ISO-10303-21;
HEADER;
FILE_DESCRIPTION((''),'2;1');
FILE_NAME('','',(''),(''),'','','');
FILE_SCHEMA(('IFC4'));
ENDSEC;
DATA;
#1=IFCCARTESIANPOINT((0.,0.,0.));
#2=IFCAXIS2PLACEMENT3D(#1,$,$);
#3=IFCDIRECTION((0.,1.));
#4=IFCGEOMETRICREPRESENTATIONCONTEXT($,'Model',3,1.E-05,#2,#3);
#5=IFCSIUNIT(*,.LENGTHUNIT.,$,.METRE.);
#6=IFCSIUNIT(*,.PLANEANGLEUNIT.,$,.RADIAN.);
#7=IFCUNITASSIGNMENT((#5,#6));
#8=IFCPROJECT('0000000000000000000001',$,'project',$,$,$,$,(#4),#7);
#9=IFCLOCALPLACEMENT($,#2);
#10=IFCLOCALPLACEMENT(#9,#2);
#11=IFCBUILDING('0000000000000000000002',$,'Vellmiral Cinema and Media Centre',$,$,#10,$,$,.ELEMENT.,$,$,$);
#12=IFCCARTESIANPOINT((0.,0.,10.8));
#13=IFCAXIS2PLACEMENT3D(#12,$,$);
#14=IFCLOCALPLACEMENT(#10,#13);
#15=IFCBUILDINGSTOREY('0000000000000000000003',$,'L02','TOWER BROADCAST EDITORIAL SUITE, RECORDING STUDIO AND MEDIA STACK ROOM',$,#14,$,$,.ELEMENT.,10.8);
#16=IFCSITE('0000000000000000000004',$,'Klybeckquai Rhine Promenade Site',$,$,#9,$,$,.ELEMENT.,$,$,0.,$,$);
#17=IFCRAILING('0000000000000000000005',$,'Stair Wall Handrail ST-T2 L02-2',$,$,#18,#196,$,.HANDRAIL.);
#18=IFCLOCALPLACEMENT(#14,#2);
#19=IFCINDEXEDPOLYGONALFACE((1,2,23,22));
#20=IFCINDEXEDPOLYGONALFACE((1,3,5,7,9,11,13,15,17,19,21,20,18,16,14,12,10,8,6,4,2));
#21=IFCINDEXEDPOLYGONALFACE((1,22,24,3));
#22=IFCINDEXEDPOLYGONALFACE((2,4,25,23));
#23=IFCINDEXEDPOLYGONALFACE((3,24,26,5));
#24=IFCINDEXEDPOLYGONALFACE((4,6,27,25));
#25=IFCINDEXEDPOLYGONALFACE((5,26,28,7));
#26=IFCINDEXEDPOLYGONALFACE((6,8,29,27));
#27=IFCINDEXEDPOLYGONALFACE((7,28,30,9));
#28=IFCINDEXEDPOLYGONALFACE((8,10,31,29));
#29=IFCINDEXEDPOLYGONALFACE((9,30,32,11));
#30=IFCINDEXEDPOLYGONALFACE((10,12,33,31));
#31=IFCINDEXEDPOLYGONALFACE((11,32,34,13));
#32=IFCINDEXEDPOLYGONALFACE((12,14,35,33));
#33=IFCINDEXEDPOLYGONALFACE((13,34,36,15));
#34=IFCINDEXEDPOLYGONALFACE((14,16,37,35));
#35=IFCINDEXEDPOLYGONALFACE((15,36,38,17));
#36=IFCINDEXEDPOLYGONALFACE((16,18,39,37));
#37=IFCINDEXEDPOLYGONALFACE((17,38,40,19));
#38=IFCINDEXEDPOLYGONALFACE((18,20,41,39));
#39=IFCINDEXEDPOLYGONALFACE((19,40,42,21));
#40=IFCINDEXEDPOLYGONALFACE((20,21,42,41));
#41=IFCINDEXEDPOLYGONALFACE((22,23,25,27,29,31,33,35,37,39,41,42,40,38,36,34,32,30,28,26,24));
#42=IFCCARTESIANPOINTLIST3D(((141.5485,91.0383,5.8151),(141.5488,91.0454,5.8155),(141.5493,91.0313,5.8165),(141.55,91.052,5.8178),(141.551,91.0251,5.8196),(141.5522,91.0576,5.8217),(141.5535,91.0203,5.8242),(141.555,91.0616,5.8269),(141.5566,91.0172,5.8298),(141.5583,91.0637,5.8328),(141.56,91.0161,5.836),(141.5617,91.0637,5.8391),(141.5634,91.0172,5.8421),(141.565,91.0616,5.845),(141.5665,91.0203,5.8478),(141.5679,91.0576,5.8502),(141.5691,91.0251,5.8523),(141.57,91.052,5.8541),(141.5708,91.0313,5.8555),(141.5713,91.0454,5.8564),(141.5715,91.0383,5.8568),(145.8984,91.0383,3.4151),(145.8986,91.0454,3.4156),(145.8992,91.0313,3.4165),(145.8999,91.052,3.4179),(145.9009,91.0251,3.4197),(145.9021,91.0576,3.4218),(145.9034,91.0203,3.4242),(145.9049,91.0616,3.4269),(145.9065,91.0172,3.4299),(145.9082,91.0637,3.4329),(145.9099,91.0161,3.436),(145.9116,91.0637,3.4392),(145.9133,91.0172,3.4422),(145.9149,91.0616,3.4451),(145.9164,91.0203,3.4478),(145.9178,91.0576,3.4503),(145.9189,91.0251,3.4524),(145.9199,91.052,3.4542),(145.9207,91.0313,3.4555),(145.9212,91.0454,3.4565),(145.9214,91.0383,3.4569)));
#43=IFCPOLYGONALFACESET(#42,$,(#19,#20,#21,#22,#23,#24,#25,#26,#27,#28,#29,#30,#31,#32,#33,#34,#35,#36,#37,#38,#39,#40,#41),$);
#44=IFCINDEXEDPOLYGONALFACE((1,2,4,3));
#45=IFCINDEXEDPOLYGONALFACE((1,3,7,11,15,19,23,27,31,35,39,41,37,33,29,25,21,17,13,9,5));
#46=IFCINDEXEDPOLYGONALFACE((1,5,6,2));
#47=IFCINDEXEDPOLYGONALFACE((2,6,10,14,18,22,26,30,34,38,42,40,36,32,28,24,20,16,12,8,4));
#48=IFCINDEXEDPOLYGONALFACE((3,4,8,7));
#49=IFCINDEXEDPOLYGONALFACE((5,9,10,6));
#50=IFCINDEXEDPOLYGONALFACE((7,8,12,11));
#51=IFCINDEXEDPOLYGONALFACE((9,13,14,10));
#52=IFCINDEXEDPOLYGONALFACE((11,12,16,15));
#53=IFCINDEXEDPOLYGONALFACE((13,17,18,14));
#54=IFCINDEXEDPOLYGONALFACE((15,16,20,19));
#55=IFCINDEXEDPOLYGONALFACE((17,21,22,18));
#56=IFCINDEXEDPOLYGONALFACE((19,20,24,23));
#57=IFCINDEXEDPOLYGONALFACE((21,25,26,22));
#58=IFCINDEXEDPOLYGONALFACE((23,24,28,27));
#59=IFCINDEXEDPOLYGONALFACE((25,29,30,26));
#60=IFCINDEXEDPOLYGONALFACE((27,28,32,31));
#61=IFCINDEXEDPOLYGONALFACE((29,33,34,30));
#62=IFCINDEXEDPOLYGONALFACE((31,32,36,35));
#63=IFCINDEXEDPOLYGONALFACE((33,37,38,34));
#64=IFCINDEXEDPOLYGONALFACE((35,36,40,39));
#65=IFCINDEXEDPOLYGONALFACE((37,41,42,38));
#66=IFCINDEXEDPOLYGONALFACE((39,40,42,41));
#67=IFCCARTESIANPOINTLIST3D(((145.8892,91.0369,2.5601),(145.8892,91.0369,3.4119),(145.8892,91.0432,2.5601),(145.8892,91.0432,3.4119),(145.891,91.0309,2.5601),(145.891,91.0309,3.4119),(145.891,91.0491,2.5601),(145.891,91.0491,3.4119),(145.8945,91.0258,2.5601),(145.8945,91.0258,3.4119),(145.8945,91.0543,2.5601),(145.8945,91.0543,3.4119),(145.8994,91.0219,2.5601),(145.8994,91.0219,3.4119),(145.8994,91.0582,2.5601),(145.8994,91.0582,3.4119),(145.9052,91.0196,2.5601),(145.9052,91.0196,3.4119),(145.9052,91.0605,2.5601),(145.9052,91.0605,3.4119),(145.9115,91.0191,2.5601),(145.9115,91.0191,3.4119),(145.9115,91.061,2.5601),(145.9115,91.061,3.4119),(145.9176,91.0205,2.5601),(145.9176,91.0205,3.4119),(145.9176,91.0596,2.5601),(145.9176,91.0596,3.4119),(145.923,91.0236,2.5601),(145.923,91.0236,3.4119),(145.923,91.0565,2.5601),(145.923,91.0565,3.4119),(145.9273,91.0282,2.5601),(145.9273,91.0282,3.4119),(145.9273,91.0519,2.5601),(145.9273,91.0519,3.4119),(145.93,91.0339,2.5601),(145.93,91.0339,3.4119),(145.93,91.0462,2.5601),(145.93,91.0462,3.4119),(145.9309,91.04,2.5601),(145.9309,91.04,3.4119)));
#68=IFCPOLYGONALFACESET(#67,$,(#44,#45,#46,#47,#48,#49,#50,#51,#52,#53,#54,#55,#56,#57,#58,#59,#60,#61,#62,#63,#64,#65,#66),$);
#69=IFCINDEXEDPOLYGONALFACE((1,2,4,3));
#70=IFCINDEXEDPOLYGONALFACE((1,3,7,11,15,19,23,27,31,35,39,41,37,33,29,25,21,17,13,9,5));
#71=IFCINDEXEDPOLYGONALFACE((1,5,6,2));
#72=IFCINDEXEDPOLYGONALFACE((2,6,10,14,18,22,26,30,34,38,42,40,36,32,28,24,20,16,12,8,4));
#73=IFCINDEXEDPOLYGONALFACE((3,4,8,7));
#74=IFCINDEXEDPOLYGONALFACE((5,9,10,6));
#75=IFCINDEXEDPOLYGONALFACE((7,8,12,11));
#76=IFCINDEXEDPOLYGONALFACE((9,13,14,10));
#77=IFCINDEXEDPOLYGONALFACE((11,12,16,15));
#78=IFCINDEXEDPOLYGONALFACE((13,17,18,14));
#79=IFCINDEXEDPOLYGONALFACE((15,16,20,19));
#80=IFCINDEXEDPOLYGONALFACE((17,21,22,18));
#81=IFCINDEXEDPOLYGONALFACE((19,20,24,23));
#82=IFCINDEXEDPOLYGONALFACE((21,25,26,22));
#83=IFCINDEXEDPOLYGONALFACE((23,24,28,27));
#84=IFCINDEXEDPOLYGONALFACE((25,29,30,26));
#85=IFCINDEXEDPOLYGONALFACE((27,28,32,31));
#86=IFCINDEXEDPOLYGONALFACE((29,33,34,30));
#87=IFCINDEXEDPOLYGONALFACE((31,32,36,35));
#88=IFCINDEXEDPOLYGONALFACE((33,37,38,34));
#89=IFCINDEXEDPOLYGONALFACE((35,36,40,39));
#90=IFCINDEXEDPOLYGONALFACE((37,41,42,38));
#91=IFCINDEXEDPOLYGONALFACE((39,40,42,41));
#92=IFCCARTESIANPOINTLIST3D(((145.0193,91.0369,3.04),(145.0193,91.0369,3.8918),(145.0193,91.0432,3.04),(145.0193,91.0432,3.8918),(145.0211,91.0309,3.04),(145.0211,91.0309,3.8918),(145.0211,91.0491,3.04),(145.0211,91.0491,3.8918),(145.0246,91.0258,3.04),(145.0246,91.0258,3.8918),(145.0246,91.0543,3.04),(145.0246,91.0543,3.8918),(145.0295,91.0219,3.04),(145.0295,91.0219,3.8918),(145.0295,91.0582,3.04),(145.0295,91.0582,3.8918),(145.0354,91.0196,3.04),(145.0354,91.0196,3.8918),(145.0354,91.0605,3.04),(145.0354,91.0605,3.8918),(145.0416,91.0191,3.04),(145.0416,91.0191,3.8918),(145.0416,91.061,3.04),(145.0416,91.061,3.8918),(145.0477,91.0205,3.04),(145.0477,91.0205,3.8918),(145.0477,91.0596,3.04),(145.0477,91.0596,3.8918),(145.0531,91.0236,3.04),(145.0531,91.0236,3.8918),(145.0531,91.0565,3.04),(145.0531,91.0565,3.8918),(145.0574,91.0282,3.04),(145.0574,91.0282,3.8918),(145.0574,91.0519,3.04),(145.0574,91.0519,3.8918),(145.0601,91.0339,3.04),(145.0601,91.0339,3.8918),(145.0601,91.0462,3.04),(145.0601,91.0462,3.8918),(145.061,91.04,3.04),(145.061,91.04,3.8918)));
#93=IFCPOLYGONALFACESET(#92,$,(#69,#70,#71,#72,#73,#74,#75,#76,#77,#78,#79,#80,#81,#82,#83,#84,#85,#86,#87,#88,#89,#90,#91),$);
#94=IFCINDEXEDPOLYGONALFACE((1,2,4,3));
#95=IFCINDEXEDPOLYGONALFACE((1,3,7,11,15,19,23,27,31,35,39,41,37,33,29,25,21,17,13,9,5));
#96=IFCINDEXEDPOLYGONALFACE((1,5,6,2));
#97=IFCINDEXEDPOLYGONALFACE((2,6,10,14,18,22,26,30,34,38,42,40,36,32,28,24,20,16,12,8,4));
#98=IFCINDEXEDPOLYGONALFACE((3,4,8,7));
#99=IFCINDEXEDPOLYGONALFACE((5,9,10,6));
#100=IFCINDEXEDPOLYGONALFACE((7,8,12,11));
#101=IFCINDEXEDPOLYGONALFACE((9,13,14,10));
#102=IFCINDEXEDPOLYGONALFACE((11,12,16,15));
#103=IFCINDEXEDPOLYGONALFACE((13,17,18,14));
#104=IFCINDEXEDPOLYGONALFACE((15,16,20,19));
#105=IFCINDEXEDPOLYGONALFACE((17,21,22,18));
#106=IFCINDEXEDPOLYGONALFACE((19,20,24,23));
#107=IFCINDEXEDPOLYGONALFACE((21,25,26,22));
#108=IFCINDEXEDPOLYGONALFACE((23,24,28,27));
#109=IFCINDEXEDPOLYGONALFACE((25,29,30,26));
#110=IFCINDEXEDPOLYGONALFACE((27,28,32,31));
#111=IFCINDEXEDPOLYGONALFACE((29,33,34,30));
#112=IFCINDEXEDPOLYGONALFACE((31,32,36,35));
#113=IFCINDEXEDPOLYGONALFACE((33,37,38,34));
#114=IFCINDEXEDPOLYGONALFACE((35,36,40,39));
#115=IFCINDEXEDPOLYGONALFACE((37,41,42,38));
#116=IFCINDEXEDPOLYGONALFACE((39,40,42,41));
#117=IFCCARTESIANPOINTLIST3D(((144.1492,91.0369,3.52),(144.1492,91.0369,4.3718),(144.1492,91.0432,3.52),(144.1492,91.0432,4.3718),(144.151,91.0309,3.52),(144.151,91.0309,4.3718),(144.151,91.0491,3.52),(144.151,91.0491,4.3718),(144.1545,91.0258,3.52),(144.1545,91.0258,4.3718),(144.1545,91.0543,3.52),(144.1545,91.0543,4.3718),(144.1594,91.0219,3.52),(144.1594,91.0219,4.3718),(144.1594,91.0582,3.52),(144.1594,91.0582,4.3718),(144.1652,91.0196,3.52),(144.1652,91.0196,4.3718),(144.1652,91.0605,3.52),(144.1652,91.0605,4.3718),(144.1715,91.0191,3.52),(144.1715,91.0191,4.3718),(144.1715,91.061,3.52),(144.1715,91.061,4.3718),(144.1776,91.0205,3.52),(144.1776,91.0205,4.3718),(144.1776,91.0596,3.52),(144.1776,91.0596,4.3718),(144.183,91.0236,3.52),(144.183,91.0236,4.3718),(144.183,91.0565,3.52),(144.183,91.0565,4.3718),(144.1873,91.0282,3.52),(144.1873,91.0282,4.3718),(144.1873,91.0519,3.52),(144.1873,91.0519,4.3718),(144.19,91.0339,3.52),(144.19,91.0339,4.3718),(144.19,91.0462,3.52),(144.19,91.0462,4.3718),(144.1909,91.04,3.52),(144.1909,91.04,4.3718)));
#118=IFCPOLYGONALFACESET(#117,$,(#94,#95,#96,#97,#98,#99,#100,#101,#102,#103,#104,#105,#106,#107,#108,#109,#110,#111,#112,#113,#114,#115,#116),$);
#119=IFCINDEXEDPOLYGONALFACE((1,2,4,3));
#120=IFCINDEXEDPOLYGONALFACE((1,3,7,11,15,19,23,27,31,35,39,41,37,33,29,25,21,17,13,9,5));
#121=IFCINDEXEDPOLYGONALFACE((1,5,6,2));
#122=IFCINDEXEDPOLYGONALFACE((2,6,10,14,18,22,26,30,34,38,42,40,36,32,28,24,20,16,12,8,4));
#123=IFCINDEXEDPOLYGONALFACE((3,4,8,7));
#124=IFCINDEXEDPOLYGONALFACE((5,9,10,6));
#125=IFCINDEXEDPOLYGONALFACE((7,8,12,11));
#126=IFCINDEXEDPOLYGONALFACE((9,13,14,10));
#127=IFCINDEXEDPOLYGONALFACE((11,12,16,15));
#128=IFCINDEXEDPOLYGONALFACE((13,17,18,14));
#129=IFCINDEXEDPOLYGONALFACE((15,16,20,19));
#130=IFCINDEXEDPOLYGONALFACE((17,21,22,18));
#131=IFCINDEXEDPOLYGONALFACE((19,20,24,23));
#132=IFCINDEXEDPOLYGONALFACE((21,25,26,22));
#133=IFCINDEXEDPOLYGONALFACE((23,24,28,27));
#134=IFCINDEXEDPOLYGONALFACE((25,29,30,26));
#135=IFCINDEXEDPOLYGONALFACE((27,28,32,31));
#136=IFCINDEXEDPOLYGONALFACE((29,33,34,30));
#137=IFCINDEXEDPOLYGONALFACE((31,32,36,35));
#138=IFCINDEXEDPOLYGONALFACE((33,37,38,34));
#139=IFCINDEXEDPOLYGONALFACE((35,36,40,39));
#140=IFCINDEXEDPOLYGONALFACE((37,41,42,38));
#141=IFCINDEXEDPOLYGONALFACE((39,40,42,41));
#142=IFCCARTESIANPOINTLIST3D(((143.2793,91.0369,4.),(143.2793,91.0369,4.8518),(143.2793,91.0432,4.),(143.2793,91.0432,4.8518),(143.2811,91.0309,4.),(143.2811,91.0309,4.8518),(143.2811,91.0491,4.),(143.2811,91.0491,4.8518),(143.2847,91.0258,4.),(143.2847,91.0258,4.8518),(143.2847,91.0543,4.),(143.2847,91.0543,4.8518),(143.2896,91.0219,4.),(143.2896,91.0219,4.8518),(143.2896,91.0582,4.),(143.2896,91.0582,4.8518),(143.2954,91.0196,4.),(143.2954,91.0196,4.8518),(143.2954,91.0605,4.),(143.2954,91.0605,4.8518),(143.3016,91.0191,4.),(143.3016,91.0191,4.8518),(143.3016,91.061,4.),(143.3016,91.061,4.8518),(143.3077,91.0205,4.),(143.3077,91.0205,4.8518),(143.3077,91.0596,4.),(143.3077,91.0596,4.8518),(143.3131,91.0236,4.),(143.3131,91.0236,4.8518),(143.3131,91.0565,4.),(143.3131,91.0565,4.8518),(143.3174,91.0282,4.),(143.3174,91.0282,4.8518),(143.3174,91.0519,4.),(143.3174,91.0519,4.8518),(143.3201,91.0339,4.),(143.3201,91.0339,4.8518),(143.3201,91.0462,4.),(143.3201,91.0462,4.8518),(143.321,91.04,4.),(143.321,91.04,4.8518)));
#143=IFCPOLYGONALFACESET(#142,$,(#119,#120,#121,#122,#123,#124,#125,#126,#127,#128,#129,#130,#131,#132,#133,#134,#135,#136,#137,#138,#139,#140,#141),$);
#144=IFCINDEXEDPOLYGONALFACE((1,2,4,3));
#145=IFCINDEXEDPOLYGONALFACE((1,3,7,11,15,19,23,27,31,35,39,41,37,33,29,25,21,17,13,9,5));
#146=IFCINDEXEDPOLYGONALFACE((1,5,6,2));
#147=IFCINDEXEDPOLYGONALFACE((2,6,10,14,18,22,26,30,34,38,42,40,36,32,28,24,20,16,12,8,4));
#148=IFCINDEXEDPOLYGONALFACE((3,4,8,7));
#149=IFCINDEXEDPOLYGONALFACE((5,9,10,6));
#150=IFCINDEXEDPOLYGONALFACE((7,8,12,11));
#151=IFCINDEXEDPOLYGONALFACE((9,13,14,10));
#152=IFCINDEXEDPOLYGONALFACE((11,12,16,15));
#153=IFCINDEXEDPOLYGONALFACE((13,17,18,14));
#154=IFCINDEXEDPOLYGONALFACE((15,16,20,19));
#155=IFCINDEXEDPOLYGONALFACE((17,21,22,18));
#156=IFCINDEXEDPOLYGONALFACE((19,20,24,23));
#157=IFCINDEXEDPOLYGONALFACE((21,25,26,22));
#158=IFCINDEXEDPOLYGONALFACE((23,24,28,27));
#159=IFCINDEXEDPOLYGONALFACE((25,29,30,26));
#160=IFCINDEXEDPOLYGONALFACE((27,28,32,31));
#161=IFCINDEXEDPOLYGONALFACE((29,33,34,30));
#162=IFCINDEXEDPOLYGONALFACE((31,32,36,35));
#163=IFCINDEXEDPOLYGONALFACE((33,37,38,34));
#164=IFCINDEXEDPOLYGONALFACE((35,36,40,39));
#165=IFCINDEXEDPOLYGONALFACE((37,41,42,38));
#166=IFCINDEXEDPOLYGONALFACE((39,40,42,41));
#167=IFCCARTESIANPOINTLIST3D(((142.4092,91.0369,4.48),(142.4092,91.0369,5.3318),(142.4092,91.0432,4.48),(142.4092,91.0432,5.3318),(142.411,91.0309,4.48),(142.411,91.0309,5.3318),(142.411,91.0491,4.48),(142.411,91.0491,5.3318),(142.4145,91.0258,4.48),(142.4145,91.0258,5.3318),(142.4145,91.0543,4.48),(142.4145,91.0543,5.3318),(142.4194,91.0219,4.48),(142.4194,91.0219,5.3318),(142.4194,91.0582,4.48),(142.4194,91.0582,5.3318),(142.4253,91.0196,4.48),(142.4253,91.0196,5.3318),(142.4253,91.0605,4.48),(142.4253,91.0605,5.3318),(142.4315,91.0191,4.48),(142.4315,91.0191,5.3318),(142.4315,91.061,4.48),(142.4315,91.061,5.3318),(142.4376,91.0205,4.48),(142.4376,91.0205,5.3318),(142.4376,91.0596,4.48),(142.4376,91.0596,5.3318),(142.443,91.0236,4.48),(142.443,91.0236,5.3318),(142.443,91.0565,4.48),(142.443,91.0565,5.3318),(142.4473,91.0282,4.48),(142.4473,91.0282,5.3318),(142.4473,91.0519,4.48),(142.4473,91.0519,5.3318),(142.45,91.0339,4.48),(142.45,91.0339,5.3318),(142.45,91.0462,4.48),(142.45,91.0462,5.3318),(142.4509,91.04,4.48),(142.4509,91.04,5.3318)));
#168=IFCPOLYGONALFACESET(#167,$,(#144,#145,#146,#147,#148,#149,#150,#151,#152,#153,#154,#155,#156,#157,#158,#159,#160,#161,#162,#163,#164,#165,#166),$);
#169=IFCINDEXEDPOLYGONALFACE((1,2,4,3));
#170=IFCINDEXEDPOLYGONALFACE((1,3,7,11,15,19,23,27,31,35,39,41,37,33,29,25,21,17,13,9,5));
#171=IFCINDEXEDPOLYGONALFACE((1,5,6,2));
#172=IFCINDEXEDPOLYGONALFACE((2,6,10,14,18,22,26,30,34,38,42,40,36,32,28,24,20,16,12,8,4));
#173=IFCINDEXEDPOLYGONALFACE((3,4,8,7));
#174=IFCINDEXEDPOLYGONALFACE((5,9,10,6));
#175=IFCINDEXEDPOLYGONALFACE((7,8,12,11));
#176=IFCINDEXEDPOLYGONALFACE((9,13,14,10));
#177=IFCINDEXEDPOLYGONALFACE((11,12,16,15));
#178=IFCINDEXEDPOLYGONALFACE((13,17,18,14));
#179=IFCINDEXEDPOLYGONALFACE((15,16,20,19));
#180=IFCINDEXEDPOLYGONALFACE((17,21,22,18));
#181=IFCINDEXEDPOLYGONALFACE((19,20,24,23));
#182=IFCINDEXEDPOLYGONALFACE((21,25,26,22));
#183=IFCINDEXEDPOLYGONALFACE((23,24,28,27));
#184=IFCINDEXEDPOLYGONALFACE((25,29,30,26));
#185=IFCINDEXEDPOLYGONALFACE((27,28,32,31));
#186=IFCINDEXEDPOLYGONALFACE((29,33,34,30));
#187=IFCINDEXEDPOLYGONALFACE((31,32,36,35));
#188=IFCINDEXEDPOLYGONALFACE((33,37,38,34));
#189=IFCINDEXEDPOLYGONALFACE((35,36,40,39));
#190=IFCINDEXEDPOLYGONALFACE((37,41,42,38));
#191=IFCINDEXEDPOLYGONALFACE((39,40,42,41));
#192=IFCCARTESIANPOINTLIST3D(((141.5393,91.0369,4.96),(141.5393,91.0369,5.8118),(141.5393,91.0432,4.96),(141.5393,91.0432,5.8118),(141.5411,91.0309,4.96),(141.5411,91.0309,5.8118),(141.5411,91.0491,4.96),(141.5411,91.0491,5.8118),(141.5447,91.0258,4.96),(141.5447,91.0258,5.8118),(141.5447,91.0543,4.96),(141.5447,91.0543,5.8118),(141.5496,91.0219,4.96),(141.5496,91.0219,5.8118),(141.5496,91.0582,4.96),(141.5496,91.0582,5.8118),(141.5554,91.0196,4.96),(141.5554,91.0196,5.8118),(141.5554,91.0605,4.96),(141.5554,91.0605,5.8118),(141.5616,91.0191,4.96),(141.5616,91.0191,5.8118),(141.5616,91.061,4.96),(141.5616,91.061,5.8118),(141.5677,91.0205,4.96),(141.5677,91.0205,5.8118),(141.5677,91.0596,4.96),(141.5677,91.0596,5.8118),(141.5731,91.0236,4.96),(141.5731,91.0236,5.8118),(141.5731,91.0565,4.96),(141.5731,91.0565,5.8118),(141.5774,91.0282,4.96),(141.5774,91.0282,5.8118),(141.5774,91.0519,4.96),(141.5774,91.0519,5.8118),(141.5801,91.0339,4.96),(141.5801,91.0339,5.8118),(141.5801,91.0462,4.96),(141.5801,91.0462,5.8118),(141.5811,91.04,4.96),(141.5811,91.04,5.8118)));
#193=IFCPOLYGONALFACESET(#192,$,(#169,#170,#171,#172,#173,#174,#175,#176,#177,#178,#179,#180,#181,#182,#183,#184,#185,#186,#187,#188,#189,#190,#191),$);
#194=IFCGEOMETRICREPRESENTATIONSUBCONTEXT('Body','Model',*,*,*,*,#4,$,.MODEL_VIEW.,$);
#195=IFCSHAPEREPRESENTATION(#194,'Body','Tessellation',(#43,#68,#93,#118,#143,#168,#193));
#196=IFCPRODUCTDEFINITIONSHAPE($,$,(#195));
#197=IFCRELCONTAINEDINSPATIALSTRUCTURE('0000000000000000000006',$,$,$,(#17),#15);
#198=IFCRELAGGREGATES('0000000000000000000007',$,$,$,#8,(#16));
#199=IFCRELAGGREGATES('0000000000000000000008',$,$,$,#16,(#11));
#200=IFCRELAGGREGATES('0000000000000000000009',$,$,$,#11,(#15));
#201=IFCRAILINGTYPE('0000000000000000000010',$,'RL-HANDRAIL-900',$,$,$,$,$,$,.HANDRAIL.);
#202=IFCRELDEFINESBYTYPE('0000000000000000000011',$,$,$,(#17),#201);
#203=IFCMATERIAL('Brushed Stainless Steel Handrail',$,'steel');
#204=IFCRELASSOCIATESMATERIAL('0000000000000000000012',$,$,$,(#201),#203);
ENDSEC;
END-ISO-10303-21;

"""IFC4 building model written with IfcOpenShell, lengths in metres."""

from ifc_helpers import new_model, si_unit, direction, frame, origin, origin_2d, place, context, subcontext, project, spatial, circle, extrude, material, type_object, element, save


model = new_model("IFC4")

# Units and contexts
model_context = context("Model", 3, precision=1e-05, world=origin(), true_north=direction((0.0, 1.0)))
body_context = subcontext(model_context, "Body", "Model", "MODEL_VIEW")
ifc_project = project(units=[si_unit("LENGTHUNIT", "METRE"), si_unit("PLANEANGLEUNIT", "RADIAN")], contexts=[model_context])

# Site, building, storey
site_placement = place(None, origin())
site = spatial("IfcSite", under=ifc_project, at=site_placement, Name="Klybeckquai Rhine Promenade Site", CompositionType="ELEMENT", RefElevation=0.0)
building_placement = place(site_placement, origin())
building = spatial("IfcBuilding", under=site, at=building_placement, Name="Vellmiral Cinema and Media Centre", CompositionType="ELEMENT")
storey_placement = place(building_placement, frame((0.0, 0.0, 10.8)))
storey = spatial("IfcBuildingStorey", under=building, at=storey_placement, Name="L02", Description="TOWER BROADCAST EDITORIAL SUITE, RECORDING STUDIO AND MEDIA STACK ROOM", CompositionType="ELEMENT", Elevation=10.8)

# Railing
ifc_material_1 = material(Name="Brushed Stainless Steel Handrail", Category="steel")
railing_type_1 = type_object("IfcRailingType", Name="RL-HANDRAIL-900", PredefinedType="HANDRAIL", material=ifc_material_1)
railing_1_placement = place(storey_placement, frame((145.9099, 91.04, 2.5601)))
element("IfcRailing", 1, at=railing_1_placement, inside=storey, type_object=railing_type_1, Name="Stair Wall Handrail ST-T2 L02-2", PredefinedType="HANDRAIL", context=body_context, shape_type="SweptSolid", body=[
    extrude(circle(Radius=0.0239, at=origin_2d()), frame((0.0, 0.0, 0.876), z_axis=(-0.875579, 0.0, 0.483075), x_axis=(0.0, -1.0, 0.0)), (0.0, 0.0, 1.0), 4.968),
    extrude(circle(Radius=0.021, at=origin_2d()), origin(), (0.0, 0.0, 1.0), 0.8518),
    extrude(circle(Radius=0.021, at=origin_2d()), frame((-0.8699, 0.0, 0.48)), (0.0, 0.0, 1.0), 0.8518),
    extrude(circle(Radius=0.021, at=origin_2d()), frame((-1.74, 0.0, 0.96)), (0.0, 0.0, 1.0), 0.8518),
    extrude(circle(Radius=0.021, at=origin_2d()), frame((-2.6099, 0.0, 1.4399)), (0.0, 0.0, 1.0), 0.8518),
    extrude(circle(Radius=0.021, at=origin_2d()), frame((-3.48, 0.0, 1.9199)), (0.0, 0.0, 1.0), 0.8518),
    extrude(circle(Radius=0.021, at=origin_2d()), frame((-4.3499, 0.0, 2.3999)), (0.0, 0.0, 1.0), 0.8518),
])

save(model, "model.ifc")
